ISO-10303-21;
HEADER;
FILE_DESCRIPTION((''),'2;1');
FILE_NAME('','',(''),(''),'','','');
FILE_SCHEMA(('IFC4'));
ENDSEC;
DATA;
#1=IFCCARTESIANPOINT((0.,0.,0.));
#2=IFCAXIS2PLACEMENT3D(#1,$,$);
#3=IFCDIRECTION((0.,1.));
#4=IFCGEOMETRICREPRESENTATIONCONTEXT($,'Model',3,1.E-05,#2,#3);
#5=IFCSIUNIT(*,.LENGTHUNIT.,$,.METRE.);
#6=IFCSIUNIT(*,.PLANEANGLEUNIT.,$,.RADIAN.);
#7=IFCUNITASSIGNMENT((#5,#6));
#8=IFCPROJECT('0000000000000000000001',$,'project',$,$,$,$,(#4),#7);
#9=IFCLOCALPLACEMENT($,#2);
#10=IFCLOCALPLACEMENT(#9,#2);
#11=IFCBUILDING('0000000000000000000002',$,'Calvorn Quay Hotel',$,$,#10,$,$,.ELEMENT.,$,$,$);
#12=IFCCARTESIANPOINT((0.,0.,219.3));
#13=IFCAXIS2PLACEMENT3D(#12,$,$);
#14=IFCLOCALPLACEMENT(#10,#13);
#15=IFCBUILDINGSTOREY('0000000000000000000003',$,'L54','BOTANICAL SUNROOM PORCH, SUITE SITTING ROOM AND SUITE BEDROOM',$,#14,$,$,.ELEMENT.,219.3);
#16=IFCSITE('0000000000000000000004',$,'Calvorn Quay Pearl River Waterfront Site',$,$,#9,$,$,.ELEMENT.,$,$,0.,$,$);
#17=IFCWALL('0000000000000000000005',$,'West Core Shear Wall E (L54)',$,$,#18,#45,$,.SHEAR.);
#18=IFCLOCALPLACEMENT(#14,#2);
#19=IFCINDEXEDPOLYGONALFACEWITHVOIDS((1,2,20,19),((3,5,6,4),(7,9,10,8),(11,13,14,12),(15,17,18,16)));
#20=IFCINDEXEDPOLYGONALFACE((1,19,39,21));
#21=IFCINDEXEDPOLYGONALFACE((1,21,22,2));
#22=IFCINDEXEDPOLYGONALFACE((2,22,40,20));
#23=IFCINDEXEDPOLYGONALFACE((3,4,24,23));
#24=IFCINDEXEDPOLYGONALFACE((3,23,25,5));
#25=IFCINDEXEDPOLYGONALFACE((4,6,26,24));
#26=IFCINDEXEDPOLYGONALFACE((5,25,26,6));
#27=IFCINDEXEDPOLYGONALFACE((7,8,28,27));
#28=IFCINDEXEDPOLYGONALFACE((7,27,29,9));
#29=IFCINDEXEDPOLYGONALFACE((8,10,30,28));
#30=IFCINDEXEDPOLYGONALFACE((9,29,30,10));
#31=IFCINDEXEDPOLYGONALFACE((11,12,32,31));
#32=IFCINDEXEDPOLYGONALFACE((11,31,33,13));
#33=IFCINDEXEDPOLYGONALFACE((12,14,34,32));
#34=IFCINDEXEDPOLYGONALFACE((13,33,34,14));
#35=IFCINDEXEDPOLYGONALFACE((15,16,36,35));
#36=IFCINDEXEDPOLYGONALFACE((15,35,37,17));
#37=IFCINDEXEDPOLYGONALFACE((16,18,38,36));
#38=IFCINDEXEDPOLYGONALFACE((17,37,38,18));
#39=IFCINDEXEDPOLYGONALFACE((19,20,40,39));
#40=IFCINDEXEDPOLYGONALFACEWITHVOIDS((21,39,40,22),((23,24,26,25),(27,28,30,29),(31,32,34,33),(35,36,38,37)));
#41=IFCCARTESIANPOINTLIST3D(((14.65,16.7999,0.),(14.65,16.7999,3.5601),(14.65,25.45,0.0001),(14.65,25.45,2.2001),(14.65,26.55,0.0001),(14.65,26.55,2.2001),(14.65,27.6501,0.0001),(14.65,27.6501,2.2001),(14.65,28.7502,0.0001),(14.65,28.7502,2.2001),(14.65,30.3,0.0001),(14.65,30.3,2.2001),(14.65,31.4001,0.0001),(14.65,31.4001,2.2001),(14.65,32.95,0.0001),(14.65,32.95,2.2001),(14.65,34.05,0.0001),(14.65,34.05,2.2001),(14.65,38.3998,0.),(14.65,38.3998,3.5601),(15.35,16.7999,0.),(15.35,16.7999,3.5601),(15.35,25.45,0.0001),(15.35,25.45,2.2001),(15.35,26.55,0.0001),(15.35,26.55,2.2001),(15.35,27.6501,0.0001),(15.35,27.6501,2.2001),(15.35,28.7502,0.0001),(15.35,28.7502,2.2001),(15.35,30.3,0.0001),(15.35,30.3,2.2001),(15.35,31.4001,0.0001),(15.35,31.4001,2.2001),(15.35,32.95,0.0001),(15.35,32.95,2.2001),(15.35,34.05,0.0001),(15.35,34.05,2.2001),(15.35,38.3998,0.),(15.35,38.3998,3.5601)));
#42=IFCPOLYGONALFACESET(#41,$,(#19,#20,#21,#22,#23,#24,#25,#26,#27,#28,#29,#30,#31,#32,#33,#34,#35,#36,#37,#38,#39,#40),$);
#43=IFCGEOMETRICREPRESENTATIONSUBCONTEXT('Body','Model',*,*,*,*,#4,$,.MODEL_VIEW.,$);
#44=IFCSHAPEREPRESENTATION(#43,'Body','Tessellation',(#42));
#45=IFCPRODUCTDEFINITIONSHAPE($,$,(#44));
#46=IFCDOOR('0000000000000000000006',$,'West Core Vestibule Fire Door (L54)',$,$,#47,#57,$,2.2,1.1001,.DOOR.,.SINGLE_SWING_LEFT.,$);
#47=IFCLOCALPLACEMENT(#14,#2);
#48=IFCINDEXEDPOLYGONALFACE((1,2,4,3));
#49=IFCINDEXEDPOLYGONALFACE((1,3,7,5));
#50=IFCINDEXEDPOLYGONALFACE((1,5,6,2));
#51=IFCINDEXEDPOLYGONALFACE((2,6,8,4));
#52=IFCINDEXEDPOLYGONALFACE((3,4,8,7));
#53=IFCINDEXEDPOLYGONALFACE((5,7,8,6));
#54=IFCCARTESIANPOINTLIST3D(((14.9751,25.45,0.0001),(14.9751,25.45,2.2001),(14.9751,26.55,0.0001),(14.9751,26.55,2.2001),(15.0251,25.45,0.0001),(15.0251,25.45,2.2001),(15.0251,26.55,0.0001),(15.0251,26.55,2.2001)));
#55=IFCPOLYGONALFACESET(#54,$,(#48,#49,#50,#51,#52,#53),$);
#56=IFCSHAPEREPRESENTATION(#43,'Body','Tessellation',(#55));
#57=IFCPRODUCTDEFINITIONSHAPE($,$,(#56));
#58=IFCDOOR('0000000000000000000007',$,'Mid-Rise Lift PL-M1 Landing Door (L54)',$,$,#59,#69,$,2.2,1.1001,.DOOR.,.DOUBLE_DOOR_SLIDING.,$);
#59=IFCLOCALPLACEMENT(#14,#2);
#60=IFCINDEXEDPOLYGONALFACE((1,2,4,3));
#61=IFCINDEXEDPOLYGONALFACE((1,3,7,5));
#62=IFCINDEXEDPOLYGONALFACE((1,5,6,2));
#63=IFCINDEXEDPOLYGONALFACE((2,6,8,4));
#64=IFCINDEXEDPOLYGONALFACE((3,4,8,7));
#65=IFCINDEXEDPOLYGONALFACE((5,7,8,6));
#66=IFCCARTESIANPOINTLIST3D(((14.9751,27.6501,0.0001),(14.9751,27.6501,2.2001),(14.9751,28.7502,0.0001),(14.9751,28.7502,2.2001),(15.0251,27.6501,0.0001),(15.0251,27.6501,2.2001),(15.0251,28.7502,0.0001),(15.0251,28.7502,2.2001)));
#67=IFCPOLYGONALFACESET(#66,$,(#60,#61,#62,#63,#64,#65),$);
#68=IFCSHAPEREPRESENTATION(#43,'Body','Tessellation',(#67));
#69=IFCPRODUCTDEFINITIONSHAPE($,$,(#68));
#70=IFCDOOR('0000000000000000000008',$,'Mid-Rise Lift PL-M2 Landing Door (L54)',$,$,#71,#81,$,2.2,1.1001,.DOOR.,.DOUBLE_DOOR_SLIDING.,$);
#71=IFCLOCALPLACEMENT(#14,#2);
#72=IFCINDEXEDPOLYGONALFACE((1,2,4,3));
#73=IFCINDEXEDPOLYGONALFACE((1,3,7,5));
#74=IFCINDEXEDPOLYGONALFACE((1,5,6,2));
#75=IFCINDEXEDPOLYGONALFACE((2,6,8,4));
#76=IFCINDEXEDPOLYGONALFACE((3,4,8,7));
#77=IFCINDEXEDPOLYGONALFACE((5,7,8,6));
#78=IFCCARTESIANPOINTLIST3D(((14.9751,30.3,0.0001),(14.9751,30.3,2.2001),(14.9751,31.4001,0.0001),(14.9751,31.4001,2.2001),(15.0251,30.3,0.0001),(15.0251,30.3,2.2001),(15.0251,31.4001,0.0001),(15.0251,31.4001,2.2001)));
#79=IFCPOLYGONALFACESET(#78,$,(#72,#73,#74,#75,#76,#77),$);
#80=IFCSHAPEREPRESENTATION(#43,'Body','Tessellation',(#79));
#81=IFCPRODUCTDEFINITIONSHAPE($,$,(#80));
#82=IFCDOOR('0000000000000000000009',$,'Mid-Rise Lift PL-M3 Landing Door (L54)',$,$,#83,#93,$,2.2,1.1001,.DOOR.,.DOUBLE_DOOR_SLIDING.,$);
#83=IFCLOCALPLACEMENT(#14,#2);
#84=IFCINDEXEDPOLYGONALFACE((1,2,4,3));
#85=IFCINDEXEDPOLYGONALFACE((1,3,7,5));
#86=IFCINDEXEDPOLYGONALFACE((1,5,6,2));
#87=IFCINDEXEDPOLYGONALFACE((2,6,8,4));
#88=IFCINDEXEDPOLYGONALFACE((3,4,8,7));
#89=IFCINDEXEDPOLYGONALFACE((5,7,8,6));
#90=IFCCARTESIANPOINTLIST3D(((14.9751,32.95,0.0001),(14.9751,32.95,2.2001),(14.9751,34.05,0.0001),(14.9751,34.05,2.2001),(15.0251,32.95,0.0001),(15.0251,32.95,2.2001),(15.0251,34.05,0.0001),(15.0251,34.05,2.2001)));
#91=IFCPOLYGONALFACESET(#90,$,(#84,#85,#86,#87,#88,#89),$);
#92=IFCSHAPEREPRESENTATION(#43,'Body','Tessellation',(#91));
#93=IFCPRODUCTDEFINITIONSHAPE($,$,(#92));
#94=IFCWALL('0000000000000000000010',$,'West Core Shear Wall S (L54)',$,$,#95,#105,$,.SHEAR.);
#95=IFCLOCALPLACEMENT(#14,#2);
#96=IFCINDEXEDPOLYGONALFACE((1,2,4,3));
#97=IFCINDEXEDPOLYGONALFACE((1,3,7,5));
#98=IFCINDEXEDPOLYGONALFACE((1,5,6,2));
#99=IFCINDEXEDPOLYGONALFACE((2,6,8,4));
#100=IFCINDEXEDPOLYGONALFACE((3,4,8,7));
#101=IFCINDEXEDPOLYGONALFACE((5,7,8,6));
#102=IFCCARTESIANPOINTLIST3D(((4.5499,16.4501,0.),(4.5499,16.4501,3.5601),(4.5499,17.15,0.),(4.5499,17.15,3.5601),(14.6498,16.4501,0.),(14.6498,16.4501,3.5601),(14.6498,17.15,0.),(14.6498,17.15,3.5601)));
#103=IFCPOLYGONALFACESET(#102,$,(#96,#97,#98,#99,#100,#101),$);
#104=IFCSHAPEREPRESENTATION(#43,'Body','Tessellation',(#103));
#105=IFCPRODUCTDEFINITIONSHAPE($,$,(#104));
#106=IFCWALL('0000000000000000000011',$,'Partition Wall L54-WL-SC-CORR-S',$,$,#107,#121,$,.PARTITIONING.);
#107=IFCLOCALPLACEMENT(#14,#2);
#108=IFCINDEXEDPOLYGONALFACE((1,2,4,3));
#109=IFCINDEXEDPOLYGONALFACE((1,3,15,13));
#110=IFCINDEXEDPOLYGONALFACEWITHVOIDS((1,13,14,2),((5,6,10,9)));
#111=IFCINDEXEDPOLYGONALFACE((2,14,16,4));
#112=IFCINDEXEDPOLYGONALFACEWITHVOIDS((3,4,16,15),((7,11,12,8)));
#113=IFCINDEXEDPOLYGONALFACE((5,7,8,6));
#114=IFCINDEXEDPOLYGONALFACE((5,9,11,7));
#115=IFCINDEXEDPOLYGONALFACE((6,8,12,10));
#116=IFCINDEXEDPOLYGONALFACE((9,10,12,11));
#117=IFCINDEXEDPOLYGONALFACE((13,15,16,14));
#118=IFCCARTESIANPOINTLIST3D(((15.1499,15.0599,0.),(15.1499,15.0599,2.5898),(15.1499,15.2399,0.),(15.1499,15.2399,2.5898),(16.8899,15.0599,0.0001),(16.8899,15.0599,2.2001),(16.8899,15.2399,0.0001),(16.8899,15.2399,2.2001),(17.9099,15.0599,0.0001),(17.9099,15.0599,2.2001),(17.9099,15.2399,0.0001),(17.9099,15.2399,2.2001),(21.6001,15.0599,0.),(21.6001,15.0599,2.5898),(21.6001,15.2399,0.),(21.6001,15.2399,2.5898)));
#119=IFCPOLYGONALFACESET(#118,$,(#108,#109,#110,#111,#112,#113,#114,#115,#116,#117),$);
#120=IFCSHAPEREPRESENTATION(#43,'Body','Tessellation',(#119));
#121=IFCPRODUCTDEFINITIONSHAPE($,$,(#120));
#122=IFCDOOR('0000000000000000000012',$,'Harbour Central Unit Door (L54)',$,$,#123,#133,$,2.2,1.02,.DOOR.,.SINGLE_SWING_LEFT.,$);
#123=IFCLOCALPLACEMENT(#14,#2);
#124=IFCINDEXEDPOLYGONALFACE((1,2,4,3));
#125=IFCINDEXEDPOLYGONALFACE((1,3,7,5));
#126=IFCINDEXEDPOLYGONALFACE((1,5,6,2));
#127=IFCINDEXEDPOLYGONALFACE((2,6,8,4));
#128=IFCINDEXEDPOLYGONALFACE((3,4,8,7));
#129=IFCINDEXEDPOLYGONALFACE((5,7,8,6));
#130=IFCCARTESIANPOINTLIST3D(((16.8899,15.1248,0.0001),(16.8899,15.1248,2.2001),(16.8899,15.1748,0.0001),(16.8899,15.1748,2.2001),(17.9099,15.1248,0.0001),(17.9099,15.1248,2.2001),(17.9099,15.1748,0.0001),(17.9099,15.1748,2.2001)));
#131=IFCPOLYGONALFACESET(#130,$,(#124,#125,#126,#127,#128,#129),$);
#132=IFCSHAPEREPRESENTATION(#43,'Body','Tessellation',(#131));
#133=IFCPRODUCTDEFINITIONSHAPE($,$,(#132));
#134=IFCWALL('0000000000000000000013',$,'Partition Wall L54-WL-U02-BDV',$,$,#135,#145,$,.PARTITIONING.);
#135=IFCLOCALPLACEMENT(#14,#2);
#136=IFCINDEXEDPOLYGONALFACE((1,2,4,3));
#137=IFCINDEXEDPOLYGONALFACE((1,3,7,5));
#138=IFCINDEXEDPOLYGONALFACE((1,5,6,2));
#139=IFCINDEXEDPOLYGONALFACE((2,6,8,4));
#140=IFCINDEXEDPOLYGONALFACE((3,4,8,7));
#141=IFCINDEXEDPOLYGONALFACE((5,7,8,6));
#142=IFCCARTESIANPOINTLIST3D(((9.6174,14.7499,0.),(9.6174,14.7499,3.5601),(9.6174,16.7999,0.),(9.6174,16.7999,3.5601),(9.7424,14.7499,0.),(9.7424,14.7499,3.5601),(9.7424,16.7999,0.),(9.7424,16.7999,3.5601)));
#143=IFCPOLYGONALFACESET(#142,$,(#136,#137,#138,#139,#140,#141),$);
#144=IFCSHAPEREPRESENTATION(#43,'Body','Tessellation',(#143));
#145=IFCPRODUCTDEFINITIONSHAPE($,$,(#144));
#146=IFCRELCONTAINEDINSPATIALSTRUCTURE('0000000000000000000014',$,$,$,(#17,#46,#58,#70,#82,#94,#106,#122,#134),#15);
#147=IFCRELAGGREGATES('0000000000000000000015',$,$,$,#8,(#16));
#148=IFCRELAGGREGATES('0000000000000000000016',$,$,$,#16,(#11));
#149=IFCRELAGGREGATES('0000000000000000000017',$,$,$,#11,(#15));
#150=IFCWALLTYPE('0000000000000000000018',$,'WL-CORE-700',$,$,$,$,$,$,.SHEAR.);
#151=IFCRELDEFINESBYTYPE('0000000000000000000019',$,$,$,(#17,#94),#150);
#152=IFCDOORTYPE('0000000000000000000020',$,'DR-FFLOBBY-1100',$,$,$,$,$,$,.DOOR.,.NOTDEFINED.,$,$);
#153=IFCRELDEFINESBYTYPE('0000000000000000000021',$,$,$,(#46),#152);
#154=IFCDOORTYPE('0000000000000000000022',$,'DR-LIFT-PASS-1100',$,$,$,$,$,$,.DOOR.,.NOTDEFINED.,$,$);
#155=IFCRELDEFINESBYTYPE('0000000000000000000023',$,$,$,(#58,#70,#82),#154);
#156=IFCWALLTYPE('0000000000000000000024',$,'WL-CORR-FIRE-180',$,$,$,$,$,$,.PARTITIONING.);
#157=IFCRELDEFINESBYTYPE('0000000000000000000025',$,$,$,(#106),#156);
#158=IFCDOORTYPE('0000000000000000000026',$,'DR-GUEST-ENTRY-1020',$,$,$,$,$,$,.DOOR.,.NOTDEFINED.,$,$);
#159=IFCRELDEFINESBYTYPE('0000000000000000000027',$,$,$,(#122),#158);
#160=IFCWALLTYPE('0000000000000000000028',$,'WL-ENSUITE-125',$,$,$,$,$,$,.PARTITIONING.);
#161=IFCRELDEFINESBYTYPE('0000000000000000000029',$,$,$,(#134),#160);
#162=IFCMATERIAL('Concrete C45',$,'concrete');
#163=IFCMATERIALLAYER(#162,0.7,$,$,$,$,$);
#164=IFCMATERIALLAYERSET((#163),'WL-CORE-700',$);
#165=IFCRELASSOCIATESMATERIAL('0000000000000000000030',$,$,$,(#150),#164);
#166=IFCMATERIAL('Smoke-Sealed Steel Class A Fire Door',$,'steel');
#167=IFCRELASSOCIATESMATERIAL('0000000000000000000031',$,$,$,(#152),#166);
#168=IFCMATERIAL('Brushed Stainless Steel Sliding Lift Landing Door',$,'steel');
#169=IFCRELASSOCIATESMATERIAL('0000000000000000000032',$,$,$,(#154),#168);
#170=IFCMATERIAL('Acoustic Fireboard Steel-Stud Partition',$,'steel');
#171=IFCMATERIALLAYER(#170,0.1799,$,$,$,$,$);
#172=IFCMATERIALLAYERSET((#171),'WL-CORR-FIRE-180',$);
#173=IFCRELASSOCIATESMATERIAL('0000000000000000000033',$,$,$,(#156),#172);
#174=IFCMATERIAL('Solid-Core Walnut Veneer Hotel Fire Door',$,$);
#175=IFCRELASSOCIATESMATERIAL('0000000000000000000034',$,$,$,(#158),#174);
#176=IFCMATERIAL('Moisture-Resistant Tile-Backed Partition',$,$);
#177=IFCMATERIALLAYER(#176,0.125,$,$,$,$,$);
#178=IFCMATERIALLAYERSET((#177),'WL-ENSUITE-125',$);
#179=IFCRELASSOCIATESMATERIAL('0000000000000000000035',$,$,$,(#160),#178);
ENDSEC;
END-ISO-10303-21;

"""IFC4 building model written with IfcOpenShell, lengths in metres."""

from ifc_helpers import new_model, si_unit, direction, frame, frame_2d, origin, place, context, subcontext, project, spatial, rectangle, extrude, material, layer, layer_set, type_object, element, fill, save


model = new_model("IFC4")

# Units and contexts
model_context = context("Model", 3, precision=1e-05, world=origin(), true_north=direction((0.0, 1.0)))
body_context = subcontext(model_context, "Body", "Model", "MODEL_VIEW")
ifc_project = project(units=[si_unit("LENGTHUNIT", "METRE"), si_unit("PLANEANGLEUNIT", "RADIAN")], contexts=[model_context])

# Site, building, storey
site_placement = place(None, origin())
site = spatial("IfcSite", under=ifc_project, at=site_placement, Name="Calvorn Quay Pearl River Waterfront Site", CompositionType="ELEMENT", RefElevation=0.0)
building_placement = place(site_placement, origin())
building = spatial("IfcBuilding", under=site, at=building_placement, Name="Calvorn Quay Hotel", CompositionType="ELEMENT")
storey_placement = place(building_placement, frame((0.0, 0.0, 219.3)))
storey = spatial("IfcBuildingStorey", under=building, at=storey_placement, Name="L54", Description="BOTANICAL SUNROOM PORCH, SUITE SITTING ROOM AND SUITE BEDROOM", CompositionType="ELEMENT", Elevation=219.3)

# Wall, openings, doors
ifc_material_1 = material(Name="Concrete C45", Category="concrete")
ifc_layer_1 = layer(ifc_material_1, 0.7)
ifc_layer_set_1 = layer_set([ifc_layer_1], Name="WL-CORE-700")
wall_type_1 = type_object("IfcWallType", Name="WL-CORE-700", PredefinedType="SHEAR", material=ifc_layer_set_1)
wall_1_placement = place(storey_placement, frame((15.0, 16.8, 0.0), z_axis=(0.0, 0.0, 1.0), x_axis=(0.0, 1.0, 0.0)))
wall_1 = element("IfcWall", 1, at=wall_1_placement, inside=storey, type_object=wall_type_1, Name="West Core Shear Wall E (L54)", PredefinedType="SHEAR", context=body_context, shape_type="SweptSolid", body=[
    extrude(rectangle(XDim=21.5999, YDim=0.7, at=frame_2d((10.7998, 0.0))), origin(), (0.0, 0.0, 1.0), 3.5601),
])
opening_1_placement = place(wall_1_placement, frame((8.6499, 0.0, 0.0)))
opening_1 = element("IfcOpeningElement", 2, at=opening_1_placement, cuts=wall_1, PredefinedType="OPENING", context=body_context, shape_type="SweptSolid", body=[
    extrude(rectangle(XDim=1.1001, YDim=2.2, at=frame_2d((0.55, 1.1001))), frame((0.0, 0.3599, 0.0), z_axis=(0.0, -1.0, 0.0), x_axis=(1.0, 0.0, 0.0)), (0.0, 0.0, 1.0), 0.72),
])
opening_2_placement = place(wall_1_placement, frame((10.8501, 0.0, 0.0)))
opening_2 = element("IfcOpeningElement", 3, at=opening_2_placement, cuts=wall_1, PredefinedType="OPENING", context=body_context, shape_type="SweptSolid", body=[
    extrude(rectangle(XDim=1.1001, YDim=2.2, at=frame_2d((0.55, 1.1001))), frame((0.0, 0.3599, 0.0), z_axis=(0.0, -1.0, 0.0), x_axis=(1.0, 0.0, 0.0)), (0.0, 0.0, 1.0), 0.72),
])
opening_3_placement = place(wall_1_placement, frame((13.5, 0.0, 0.0)))
opening_3 = element("IfcOpeningElement", 4, at=opening_3_placement, cuts=wall_1, PredefinedType="OPENING", context=body_context, shape_type="SweptSolid", body=[
    extrude(rectangle(XDim=1.1001, YDim=2.2, at=frame_2d((0.55, 1.1001))), frame((0.0, 0.3599, 0.0), z_axis=(0.0, -1.0, 0.0), x_axis=(1.0, 0.0, 0.0)), (0.0, 0.0, 1.0), 0.72),
])
opening_4_placement = place(wall_1_placement, frame((16.1499, 0.0, 0.0)))
opening_4 = element("IfcOpeningElement", 5, at=opening_4_placement, cuts=wall_1, PredefinedType="OPENING", context=body_context, shape_type="SweptSolid", body=[
    extrude(rectangle(XDim=1.1001, YDim=2.2, at=frame_2d((0.55, 1.1001))), frame((0.0, 0.3599, 0.0), z_axis=(0.0, -1.0, 0.0), x_axis=(1.0, 0.0, 0.0)), (0.0, 0.0, 1.0), 0.72),
])
ifc_material_2 = material(Name="Smoke-Sealed Steel Class A Fire Door", Category="steel")
door_type_1 = type_object("IfcDoorType", Name="DR-FFLOBBY-1100", OperationType="NOTDEFINED", PredefinedType="DOOR", material=ifc_material_2)
door_1_placement = place(opening_1_placement, origin())
door_1 = element("IfcDoor", 6, at=door_1_placement, inside=storey, type_object=door_type_1, Name="West Core Vestibule Fire Door (L54)", OperationType="SINGLE_SWING_LEFT", OverallHeight=2.2, OverallWidth=1.1001, PredefinedType="DOOR", context=body_context, shape_type="SweptSolid", body=[
    extrude(rectangle(XDim=1.1001, YDim=2.2, at=frame_2d((0.55, 1.1001))), frame((0.0, 0.0249, 0.0), z_axis=(0.0, -1.0, 0.0), x_axis=(1.0, 0.0, 0.0)), (0.0, 0.0, 1.0), 0.05),
])
fill(opening_1, door_1)
ifc_material_3 = material(Name="Brushed Stainless Steel Sliding Lift Landing Door", Category="steel")
door_type_2 = type_object("IfcDoorType", Name="DR-LIFT-PASS-1100", OperationType="NOTDEFINED", PredefinedType="DOOR", material=ifc_material_3)
door_2_placement = place(opening_2_placement, origin())
door_2 = element("IfcDoor", 7, at=door_2_placement, inside=storey, type_object=door_type_2, Name="Mid-Rise Lift PL-M1 Landing Door (L54)", OperationType="DOUBLE_DOOR_SLIDING", OverallHeight=2.2, OverallWidth=1.1001, PredefinedType="DOOR", context=body_context, shape_type="SweptSolid", body=[
    extrude(rectangle(XDim=1.1001, YDim=2.2, at=frame_2d((0.55, 1.1001))), frame((0.0, 0.0249, 0.0), z_axis=(0.0, -1.0, 0.0), x_axis=(1.0, 0.0, 0.0)), (0.0, 0.0, 1.0), 0.05),
])
fill(opening_2, door_2)
door_3_placement = place(opening_3_placement, origin())
door_3 = element("IfcDoor", 8, at=door_3_placement, inside=storey, type_object=door_type_2, Name="Mid-Rise Lift PL-M2 Landing Door (L54)", OperationType="DOUBLE_DOOR_SLIDING", OverallHeight=2.2, OverallWidth=1.1001, PredefinedType="DOOR", context=body_context, shape_type="SweptSolid", body=[
    extrude(rectangle(XDim=1.1001, YDim=2.2, at=frame_2d((0.55, 1.1001))), frame((0.0, 0.0249, 0.0), z_axis=(0.0, -1.0, 0.0), x_axis=(1.0, 0.0, 0.0)), (0.0, 0.0, 1.0), 0.05),
])
fill(opening_3, door_3)
door_4_placement = place(opening_4_placement, origin())
door_4 = element("IfcDoor", 9, at=door_4_placement, inside=storey, type_object=door_type_2, Name="Mid-Rise Lift PL-M3 Landing Door (L54)", OperationType="DOUBLE_DOOR_SLIDING", OverallHeight=2.2, OverallWidth=1.1001, PredefinedType="DOOR", context=body_context, shape_type="SweptSolid", body=[
    extrude(rectangle(XDim=1.1001, YDim=2.2, at=frame_2d((0.55, 1.1001))), frame((0.0, 0.0249, 0.0), z_axis=(0.0, -1.0, 0.0), x_axis=(1.0, 0.0, 0.0)), (0.0, 0.0, 1.0), 0.05),
])
fill(opening_4, door_4)

# Wall
wall_2_placement = place(storey_placement, frame((4.55, 16.8, 0.0), z_axis=(0.0, 0.0, 1.0), x_axis=(1.0, 0.0, 0.0)))
element("IfcWall", 10, at=wall_2_placement, inside=storey, type_object=wall_type_1, Name="West Core Shear Wall S (L54)", PredefinedType="SHEAR", context=body_context, shape_type="SweptSolid", body=[
    extrude(rectangle(XDim=10.0999, YDim=0.7, at=frame_2d((5.0498, 0.0))), origin(), (0.0, 0.0, 1.0), 3.5601),
])

# Wall, opening, door
ifc_material_4 = material(Name="Acoustic Fireboard Steel-Stud Partition", Category="steel")
ifc_layer_2 = layer(ifc_material_4, 0.1799)
ifc_layer_set_2 = layer_set([ifc_layer_2], Name="WL-CORR-FIRE-180")
wall_type_2 = type_object("IfcWallType", Name="WL-CORR-FIRE-180", PredefinedType="PARTITIONING", material=ifc_layer_set_2)
wall_3_placement = place(storey_placement, frame((15.1499, 15.1499, 0.0), z_axis=(0.0, 0.0, 1.0), x_axis=(1.0, 0.0, 0.0)))
wall_3 = element("IfcWall", 11, at=wall_3_placement, inside=storey, type_object=wall_type_2, Name="Partition Wall L54-WL-SC-CORR-S", PredefinedType="PARTITIONING", context=body_context, shape_type="SweptSolid", body=[
    extrude(rectangle(XDim=6.4502, YDim=0.1799, at=frame_2d((3.2251, 0.0))), origin(), (0.0, 0.0, 1.0), 2.5898),
])
opening_5_placement = place(wall_3_placement, frame((1.74, 0.0, 0.0)))
opening_5 = element("IfcOpeningElement", 12, at=opening_5_placement, cuts=wall_3, PredefinedType="OPENING", context=body_context, shape_type="SweptSolid", body=[
    extrude(rectangle(XDim=1.02, YDim=2.2, at=frame_2d((0.51, 1.1001))), frame((0.0, 0.0999, 0.0), z_axis=(0.0, -1.0, 0.0), x_axis=(1.0, 0.0, 0.0)), (0.0, 0.0, 1.0), 0.2),
])
ifc_material_5 = material(Name="Solid-Core Walnut Veneer Hotel Fire Door")
door_type_3 = type_object("IfcDoorType", Name="DR-GUEST-ENTRY-1020", OperationType="NOTDEFINED", PredefinedType="DOOR", material=ifc_material_5)
door_5_placement = place(opening_5_placement, origin())
door_5 = element("IfcDoor", 13, at=door_5_placement, inside=storey, type_object=door_type_3, Name="Harbour Central Unit Door (L54)", OperationType="SINGLE_SWING_LEFT", OverallHeight=2.2, OverallWidth=1.02, PredefinedType="DOOR", context=body_context, shape_type="SweptSolid", body=[
    extrude(rectangle(XDim=1.02, YDim=2.2, at=frame_2d((0.51, 1.1001))), frame((0.0, 0.0249, 0.0), z_axis=(0.0, -1.0, 0.0), x_axis=(1.0, 0.0, 0.0)), (0.0, 0.0, 1.0), 0.05),
])
fill(opening_5, door_5)

# Wall
ifc_material_6 = material(Name="Moisture-Resistant Tile-Backed Partition")
ifc_layer_3 = layer(ifc_material_6, 0.125)
ifc_layer_set_3 = layer_set([ifc_layer_3], Name="WL-ENSUITE-125")
wall_type_3 = type_object("IfcWallType", Name="WL-ENSUITE-125", PredefinedType="PARTITIONING", material=ifc_layer_set_3)
wall_4_placement = place(storey_placement, frame((9.6799, 14.75, 0.0), z_axis=(0.0, 0.0, 1.0), x_axis=(0.0, 1.0, 0.0)))
element("IfcWall", 14, at=wall_4_placement, inside=storey, type_object=wall_type_3, Name="Partition Wall L54-WL-U02-BDV", PredefinedType="PARTITIONING", context=body_context, shape_type="SweptSolid", body=[
    extrude(rectangle(XDim=2.05, YDim=0.125, at=frame_2d((1.0249, 0.0))), origin(), (0.0, 0.0, 1.0), 3.5601),
])

save(model, "model.ifc")
